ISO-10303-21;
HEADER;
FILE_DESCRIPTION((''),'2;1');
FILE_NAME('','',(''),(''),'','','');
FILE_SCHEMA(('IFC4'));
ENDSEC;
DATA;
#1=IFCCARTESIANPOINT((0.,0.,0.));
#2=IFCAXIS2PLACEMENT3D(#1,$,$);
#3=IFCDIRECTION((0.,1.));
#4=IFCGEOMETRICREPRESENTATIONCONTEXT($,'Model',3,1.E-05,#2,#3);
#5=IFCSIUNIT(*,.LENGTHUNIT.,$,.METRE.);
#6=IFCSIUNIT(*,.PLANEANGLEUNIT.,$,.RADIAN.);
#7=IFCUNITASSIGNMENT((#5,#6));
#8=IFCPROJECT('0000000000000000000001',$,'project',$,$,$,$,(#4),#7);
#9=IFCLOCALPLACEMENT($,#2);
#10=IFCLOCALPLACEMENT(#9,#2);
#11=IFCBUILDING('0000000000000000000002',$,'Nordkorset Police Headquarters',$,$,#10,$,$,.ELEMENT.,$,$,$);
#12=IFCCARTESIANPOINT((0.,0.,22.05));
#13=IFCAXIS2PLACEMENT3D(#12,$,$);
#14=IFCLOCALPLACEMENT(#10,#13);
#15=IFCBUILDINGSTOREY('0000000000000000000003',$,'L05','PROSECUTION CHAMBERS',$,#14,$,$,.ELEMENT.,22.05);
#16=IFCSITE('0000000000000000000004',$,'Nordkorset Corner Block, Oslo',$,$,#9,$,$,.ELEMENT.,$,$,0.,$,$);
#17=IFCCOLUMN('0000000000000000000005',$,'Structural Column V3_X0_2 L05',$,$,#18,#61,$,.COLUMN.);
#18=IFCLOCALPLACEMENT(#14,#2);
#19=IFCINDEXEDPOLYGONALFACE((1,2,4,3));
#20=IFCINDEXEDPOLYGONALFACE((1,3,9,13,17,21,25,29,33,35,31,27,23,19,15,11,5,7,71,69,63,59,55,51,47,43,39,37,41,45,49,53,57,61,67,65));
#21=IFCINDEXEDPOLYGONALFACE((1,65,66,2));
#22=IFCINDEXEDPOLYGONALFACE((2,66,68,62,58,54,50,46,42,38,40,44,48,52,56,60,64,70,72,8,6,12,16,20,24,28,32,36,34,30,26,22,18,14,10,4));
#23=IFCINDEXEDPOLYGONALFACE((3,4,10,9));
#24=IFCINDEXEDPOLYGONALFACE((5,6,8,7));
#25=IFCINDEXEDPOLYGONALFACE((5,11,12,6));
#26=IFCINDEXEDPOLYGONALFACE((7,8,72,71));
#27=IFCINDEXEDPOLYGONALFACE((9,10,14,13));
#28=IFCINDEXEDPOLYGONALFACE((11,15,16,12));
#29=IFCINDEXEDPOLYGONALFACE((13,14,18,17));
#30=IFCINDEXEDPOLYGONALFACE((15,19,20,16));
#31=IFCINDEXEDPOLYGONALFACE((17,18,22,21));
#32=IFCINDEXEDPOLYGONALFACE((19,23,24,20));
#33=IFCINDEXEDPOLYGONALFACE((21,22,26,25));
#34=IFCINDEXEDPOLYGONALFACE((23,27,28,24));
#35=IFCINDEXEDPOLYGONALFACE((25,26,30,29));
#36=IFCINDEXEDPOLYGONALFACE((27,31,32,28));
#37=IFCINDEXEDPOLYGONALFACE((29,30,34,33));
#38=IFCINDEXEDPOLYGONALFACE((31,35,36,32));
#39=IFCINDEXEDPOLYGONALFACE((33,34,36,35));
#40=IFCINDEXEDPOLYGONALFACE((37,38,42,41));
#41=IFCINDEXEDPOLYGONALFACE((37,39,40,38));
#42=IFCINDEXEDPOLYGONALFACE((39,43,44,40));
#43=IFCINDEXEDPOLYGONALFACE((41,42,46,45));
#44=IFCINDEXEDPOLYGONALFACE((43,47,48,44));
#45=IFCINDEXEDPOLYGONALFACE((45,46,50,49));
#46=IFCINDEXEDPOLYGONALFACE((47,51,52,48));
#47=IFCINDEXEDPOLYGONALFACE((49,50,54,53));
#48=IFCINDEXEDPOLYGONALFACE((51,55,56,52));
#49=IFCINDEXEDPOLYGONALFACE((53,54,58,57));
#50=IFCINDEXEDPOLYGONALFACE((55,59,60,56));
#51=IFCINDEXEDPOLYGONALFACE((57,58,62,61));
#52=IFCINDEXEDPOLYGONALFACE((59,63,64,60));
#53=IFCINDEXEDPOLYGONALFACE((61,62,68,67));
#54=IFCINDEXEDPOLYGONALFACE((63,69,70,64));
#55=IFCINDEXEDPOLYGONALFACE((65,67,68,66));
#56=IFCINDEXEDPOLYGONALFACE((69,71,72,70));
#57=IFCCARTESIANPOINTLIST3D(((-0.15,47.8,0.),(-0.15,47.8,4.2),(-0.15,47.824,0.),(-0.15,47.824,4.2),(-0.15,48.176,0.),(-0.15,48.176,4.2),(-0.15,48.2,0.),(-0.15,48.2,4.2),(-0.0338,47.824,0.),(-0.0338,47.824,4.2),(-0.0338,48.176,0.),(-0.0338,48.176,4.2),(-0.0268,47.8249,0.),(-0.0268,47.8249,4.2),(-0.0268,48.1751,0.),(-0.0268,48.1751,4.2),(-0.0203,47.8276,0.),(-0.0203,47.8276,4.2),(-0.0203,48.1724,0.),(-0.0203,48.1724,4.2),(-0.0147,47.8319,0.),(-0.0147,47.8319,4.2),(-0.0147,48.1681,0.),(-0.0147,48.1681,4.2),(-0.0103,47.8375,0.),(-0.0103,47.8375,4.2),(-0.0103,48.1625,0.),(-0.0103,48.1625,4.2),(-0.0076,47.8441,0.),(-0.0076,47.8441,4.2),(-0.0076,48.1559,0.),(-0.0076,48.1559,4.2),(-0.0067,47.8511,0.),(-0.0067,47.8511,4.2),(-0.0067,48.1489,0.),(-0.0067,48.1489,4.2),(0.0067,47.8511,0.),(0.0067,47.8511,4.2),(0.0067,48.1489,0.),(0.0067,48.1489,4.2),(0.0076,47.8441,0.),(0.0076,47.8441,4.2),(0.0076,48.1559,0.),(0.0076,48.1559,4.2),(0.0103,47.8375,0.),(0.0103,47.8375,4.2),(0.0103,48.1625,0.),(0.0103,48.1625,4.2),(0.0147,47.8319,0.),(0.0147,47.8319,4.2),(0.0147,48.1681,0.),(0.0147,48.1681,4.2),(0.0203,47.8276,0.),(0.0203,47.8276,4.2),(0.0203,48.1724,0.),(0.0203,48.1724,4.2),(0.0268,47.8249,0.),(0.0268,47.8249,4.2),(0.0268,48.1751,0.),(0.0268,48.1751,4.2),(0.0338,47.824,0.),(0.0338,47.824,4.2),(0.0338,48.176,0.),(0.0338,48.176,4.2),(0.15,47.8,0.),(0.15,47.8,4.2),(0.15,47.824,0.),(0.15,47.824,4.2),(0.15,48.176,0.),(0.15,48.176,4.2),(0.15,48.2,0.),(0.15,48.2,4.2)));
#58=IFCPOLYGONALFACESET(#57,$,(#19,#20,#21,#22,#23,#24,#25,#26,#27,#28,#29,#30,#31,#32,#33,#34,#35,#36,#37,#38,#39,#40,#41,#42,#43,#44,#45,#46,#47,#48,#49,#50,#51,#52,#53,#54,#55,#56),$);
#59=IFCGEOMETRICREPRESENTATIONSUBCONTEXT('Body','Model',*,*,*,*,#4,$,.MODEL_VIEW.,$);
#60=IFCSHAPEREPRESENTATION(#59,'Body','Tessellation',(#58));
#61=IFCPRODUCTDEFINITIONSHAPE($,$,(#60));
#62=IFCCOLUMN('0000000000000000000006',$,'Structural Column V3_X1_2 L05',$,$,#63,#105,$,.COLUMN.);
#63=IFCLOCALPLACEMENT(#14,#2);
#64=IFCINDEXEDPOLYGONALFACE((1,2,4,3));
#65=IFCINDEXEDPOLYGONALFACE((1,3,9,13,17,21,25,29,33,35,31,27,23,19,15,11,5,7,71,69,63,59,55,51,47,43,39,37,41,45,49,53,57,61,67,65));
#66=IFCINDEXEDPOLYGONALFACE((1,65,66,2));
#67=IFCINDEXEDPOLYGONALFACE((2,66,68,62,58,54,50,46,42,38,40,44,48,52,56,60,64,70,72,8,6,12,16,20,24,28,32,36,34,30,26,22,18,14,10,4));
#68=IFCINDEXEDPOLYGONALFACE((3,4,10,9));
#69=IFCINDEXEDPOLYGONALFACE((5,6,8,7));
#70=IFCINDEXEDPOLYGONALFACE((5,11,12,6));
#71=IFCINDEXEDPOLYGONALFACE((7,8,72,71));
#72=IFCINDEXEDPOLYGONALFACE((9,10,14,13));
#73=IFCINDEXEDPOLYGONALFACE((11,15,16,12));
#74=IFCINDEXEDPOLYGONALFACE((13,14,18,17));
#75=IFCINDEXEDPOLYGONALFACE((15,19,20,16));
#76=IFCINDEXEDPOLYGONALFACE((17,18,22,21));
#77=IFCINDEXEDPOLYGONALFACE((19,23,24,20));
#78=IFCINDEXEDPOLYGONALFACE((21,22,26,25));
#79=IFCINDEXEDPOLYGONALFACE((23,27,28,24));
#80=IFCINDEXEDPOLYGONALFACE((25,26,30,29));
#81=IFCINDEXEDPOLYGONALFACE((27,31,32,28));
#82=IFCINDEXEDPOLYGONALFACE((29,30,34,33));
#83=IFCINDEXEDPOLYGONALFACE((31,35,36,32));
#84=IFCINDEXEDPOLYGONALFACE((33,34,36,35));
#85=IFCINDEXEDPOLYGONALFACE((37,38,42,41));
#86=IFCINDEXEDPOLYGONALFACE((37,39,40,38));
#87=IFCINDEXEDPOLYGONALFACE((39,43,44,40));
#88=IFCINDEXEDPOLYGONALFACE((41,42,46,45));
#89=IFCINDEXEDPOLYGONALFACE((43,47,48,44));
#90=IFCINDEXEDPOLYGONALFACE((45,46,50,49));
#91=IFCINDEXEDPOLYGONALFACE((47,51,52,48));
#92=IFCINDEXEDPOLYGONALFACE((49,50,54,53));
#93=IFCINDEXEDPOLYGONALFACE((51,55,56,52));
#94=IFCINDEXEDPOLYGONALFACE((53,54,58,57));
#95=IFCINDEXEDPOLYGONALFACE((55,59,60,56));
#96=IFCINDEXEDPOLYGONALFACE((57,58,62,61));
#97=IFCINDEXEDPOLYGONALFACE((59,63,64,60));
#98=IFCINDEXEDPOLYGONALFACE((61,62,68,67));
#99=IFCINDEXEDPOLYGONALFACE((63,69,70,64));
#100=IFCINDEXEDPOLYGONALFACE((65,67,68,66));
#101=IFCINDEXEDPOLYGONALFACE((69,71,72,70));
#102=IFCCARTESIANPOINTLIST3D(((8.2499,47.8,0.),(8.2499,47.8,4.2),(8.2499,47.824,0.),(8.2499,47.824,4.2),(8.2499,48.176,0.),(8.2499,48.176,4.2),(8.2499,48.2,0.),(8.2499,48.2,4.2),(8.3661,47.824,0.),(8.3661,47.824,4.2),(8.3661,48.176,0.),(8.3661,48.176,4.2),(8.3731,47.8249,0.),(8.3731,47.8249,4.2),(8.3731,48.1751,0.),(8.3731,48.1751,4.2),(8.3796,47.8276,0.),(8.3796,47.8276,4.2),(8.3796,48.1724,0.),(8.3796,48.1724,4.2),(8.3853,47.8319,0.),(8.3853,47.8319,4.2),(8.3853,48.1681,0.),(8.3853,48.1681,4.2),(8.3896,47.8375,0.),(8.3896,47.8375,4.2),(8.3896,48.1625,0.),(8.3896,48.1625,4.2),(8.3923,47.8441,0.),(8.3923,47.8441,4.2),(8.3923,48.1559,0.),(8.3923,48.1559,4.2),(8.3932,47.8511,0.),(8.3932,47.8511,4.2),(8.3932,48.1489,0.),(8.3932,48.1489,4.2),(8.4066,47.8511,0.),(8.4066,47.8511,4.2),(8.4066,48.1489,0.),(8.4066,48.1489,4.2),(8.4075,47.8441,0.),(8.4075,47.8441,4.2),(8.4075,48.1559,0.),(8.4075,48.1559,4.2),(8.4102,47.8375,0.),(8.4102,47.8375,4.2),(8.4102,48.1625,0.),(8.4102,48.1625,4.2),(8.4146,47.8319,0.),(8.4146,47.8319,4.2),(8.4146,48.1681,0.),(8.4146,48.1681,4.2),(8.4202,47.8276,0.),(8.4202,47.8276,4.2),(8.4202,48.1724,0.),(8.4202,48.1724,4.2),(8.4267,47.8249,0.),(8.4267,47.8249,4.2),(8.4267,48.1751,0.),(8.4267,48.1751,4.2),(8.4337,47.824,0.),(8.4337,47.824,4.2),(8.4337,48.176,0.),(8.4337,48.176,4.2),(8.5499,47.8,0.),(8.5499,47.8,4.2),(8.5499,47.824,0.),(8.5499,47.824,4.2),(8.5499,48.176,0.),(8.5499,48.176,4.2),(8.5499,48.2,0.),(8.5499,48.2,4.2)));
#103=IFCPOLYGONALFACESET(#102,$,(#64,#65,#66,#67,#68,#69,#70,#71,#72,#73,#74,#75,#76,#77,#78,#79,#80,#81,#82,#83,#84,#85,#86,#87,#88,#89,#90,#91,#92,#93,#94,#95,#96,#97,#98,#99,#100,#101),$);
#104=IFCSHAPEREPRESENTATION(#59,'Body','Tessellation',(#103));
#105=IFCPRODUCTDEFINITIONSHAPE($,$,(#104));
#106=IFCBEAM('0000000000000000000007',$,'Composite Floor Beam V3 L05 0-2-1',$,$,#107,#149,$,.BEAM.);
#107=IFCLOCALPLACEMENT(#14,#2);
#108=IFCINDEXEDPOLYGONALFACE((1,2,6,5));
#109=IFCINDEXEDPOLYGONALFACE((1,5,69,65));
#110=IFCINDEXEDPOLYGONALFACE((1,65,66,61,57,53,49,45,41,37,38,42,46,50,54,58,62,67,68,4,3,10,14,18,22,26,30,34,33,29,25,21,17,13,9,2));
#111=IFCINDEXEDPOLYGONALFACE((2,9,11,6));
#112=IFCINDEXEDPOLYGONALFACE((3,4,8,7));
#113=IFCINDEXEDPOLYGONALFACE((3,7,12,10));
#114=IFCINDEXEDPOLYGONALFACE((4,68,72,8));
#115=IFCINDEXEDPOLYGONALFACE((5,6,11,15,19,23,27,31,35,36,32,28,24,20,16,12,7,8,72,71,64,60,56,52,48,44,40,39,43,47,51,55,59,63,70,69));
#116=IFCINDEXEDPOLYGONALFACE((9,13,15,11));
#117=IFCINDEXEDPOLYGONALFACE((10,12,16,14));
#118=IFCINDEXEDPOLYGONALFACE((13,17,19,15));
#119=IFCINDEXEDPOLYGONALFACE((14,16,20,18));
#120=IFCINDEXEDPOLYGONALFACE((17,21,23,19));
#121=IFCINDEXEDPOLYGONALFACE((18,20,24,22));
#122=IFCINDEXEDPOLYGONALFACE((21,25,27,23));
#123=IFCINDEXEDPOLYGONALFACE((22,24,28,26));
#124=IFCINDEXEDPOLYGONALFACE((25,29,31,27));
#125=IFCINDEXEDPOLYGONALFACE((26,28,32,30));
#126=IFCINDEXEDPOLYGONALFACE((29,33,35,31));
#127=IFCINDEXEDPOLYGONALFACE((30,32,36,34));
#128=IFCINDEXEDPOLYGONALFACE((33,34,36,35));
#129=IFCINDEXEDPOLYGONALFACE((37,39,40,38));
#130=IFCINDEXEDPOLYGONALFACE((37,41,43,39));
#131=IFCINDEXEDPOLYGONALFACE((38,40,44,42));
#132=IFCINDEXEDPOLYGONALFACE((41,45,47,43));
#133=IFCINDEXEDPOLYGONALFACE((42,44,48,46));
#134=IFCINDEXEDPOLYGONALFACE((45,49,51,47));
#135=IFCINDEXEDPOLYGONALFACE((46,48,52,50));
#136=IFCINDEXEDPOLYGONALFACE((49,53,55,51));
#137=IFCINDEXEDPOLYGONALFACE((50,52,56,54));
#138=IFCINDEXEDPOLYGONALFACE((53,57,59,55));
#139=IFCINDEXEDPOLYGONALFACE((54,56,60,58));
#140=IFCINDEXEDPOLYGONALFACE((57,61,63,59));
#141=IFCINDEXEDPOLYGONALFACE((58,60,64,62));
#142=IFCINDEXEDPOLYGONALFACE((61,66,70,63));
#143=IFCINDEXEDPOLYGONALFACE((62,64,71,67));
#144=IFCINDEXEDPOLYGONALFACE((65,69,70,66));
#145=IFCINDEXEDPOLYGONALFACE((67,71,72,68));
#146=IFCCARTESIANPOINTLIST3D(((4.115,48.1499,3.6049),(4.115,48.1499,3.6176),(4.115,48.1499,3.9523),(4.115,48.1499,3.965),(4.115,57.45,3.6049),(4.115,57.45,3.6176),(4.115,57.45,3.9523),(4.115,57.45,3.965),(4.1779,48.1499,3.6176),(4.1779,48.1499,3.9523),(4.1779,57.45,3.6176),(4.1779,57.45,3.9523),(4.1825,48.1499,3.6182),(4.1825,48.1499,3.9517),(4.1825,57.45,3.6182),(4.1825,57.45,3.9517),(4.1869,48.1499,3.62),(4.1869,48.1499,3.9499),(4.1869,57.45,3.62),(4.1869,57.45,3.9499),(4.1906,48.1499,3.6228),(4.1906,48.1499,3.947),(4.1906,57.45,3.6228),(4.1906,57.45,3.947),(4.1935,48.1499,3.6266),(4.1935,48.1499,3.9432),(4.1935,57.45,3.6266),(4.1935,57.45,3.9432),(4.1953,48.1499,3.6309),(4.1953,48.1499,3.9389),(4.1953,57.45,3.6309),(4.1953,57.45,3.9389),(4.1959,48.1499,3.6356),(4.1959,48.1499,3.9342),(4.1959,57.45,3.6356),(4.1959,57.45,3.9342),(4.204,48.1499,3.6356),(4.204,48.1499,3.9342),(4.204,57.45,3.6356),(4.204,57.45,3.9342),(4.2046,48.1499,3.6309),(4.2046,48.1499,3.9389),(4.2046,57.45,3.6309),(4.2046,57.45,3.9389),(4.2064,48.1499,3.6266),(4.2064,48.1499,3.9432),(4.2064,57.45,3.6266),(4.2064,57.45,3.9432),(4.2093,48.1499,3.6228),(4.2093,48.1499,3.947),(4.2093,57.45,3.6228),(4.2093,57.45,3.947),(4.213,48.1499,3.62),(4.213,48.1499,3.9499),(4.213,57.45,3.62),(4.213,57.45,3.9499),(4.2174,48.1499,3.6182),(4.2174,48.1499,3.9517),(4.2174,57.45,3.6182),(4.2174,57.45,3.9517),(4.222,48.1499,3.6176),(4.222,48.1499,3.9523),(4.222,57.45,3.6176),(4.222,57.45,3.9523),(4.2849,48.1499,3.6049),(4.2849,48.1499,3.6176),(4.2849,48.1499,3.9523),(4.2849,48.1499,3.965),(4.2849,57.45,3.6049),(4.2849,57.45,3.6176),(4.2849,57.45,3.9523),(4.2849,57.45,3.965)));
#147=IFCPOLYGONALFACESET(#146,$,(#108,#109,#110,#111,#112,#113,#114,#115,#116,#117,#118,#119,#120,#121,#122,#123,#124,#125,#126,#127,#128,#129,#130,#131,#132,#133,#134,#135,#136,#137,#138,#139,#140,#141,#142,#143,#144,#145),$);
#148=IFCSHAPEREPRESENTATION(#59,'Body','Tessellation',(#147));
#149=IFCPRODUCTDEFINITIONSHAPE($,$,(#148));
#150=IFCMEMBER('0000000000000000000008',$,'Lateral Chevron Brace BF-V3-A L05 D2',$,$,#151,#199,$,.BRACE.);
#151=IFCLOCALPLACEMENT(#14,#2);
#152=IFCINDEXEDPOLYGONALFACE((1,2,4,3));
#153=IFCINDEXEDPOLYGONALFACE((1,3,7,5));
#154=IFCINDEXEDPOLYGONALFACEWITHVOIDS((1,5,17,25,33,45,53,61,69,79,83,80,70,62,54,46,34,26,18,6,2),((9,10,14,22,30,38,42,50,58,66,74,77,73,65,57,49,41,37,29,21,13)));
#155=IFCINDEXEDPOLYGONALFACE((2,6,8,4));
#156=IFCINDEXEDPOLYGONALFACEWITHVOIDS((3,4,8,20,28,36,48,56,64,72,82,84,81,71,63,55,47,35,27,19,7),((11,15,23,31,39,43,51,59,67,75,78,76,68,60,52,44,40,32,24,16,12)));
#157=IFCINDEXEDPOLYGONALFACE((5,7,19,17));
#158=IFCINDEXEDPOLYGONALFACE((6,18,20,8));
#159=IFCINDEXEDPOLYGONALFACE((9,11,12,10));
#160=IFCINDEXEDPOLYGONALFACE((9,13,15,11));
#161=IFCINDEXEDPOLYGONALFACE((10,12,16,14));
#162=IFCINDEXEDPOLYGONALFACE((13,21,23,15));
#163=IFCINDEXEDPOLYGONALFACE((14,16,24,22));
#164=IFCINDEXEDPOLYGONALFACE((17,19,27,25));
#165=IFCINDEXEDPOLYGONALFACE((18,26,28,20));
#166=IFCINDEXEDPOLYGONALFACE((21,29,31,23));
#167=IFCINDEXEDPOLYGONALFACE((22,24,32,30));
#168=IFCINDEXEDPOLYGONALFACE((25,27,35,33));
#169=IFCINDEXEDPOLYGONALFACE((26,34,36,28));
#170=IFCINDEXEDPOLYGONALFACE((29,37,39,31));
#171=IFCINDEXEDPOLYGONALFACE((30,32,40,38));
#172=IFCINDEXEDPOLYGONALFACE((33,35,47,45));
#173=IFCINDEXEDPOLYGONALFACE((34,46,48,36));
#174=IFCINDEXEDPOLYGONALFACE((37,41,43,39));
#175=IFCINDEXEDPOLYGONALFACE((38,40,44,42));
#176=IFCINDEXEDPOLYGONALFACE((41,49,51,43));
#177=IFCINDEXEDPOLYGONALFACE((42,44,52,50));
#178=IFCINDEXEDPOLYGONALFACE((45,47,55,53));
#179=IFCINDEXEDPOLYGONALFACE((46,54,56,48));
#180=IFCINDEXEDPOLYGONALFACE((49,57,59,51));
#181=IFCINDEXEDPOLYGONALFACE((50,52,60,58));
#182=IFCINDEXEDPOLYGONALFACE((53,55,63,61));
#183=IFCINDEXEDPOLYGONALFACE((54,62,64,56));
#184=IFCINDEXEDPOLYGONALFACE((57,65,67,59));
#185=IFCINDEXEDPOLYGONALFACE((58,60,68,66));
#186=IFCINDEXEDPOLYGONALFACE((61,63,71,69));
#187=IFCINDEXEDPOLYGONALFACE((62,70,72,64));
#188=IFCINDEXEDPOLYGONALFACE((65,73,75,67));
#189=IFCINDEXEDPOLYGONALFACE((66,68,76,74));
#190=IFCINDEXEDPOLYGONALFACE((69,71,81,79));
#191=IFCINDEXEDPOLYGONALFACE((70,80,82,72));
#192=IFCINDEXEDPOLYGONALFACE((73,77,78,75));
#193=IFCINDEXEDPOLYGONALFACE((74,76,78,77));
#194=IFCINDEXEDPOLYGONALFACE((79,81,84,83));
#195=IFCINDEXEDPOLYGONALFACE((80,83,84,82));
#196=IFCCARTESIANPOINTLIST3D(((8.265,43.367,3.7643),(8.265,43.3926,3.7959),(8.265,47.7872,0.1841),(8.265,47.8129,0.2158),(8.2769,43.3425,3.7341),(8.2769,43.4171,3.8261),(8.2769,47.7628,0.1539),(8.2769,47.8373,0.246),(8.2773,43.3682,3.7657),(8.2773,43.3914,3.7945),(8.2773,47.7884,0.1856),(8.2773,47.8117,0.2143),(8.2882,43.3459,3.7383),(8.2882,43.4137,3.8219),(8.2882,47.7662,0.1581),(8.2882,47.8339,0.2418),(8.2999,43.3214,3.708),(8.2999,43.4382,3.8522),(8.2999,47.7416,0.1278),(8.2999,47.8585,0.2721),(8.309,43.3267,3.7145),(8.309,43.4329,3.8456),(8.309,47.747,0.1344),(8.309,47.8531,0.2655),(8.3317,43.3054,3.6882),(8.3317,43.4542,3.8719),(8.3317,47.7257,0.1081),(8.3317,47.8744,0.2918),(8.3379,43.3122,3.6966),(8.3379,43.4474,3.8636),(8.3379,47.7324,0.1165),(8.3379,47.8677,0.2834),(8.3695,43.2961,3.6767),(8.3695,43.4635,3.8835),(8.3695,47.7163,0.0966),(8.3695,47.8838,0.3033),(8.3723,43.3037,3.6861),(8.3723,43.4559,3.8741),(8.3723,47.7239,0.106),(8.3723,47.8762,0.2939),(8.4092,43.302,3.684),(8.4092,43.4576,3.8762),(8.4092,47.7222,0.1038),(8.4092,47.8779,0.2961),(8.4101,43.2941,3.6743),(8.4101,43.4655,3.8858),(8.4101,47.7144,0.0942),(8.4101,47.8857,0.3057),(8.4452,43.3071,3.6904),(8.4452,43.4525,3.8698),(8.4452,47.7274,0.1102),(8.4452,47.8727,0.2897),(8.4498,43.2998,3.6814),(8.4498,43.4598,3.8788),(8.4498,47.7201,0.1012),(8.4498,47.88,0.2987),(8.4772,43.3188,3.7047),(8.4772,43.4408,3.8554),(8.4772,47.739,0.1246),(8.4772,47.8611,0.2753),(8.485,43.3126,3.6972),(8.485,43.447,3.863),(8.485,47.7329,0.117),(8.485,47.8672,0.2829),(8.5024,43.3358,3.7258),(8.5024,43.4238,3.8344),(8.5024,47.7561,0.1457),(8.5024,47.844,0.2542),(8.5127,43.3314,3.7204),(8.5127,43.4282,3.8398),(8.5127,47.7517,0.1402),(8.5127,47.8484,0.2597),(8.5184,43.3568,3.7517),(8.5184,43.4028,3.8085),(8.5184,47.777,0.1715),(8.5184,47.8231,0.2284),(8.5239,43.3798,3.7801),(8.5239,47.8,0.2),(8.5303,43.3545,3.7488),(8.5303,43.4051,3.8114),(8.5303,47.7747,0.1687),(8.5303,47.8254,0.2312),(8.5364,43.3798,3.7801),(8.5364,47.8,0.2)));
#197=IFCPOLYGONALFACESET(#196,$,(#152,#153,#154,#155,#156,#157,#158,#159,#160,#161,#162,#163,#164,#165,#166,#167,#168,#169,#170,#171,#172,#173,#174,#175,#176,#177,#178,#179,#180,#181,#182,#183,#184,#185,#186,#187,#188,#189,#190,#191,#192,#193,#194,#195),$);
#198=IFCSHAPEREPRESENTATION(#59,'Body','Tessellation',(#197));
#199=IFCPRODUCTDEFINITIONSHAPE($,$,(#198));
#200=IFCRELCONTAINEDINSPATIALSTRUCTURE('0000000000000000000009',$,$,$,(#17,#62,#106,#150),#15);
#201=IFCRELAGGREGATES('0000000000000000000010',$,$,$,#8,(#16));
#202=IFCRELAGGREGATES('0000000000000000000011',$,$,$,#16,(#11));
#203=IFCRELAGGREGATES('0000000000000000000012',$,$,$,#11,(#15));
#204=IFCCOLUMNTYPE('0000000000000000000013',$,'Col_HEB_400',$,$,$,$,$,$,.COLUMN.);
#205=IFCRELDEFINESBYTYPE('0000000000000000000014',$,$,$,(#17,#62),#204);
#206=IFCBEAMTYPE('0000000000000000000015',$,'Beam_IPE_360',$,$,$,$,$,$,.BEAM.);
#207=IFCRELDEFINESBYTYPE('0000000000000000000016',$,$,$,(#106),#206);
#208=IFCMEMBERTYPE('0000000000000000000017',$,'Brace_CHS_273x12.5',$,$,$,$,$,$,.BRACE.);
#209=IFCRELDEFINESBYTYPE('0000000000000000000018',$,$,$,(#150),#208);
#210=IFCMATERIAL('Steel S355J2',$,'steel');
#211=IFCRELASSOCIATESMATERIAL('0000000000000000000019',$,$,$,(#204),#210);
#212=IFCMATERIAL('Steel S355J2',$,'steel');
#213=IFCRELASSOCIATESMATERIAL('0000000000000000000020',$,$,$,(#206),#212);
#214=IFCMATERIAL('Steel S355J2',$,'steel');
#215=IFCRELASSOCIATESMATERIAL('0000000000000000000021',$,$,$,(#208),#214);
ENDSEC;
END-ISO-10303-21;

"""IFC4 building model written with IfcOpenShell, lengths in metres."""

from ifc_helpers import new_model, si_unit, direction, frame, origin, origin_2d, place, context, subcontext, project, spatial, hollow_circle, i_section, extrude, material, material_profile, profile_set, type_object, element, save


model = new_model("IFC4")

# Units and contexts
model_context = context("Model", 3, precision=1e-05, world=origin(), true_north=direction((0.0, 1.0)))
body_context = subcontext(model_context, "Body", "Model", "MODEL_VIEW")
ifc_project = project(units=[si_unit("LENGTHUNIT", "METRE"), si_unit("PLANEANGLEUNIT", "RADIAN")], contexts=[model_context])

# Site, building, storey
site_placement = place(None, origin())
site = spatial("IfcSite", under=ifc_project, at=site_placement, Name="Nordkorset Corner Block, Oslo", CompositionType="ELEMENT", RefElevation=0.0)
building_placement = place(site_placement, origin())
building = spatial("IfcBuilding", under=site, at=building_placement, Name="Nordkorset Police Headquarters", CompositionType="ELEMENT")
storey_placement = place(building_placement, frame((0.0, 0.0, 22.05)))
storey = spatial("IfcBuildingStorey", under=building, at=storey_placement, Name="L05", Description="PROSECUTION CHAMBERS", CompositionType="ELEMENT", Elevation=22.05)

# Columns
ifc_material_1 = material(Name="Steel S355J2", Category="steel")
ifc_material_profile_1 = material_profile(ifc_material_1, i_section(OverallWidth=0.3, OverallDepth=0.3999, WebThickness=0.0134, FlangeThickness=0.0239, FilletRadius=0.0271, at=origin_2d()), Name="HEB 400")
ifc_profile_set_1 = profile_set([ifc_material_profile_1], Name="Steel S355J2")
column_type = type_object("IfcColumnType", Name="Col_HEB_400", PredefinedType="COLUMN", material=ifc_profile_set_1)
for number, where, z_axis, x_axis, name in (
    (1, (0.0, 48.0, 0.0), (0.0, 0.0, 1.0), (1.0, 0.0, 0.0), "Structural Column V3_X0_2 L05"),
    (2, (8.3999, 48.0, 0.0), (0.0, 0.0, 1.0), (1.0, 0.0, 0.0), "Structural Column V3_X1_2 L05"),
):
    element("IfcColumn", number, at=place(storey_placement, frame(where, z_axis=z_axis, x_axis=x_axis)), inside=storey, type_object=column_type, Name=name, PredefinedType="COLUMN", context=body_context, shape_type="SweptSolid", body=[
        extrude(i_section(OverallWidth=0.3, OverallDepth=0.3999, WebThickness=0.0134, FlangeThickness=0.0239, FilletRadius=0.0271, at=origin_2d()), origin(), (0.0, 0.0, 1.0), 4.2),
    ])

# Beam
ifc_material_2 = material(Name="Steel S355J2", Category="steel")
ifc_material_profile_2 = material_profile(ifc_material_2, i_section(OverallWidth=0.1699, OverallDepth=0.3601, WebThickness=0.0081, FlangeThickness=0.0127, FilletRadius=0.0181, at=origin_2d()), Name="IPE 360")
ifc_profile_set_2 = profile_set([ifc_material_profile_2], Name="Steel S355J2")
beam_type_1 = type_object("IfcBeamType", Name="Beam_IPE_360", PredefinedType="BEAM", material=ifc_profile_set_2)
beam_1_placement = place(storey_placement, frame((4.2, 48.1499, 3.7849), z_axis=(0.0, 1.0, 0.0), x_axis=(-1.0, 0.0, 0.0)))
element("IfcBeam", 3, at=beam_1_placement, inside=storey, type_object=beam_type_1, Name="Composite Floor Beam V3 L05 0-2-1", PredefinedType="BEAM", context=body_context, shape_type="SweptSolid", body=[
    extrude(i_section(OverallWidth=0.1699, OverallDepth=0.3601, WebThickness=0.0081, FlangeThickness=0.0127, FilletRadius=0.0181, at=origin_2d()), origin(), (0.0, 0.0, 1.0), 9.3),
])

# Member
ifc_material_3 = material(Name="Steel S355J2", Category="steel")
ifc_material_profile_3 = material_profile(ifc_material_3, hollow_circle(Radius=0.1365, WallThickness=0.0125, at=origin_2d()), Name="CHS 273x12.5")
ifc_profile_set_3 = profile_set([ifc_material_profile_3], Name="Steel S355J2")
member_type_1 = type_object("IfcMemberType", Name="Brace_CHS_273x12.5", PredefinedType="BRACE", material=ifc_profile_set_3)
member_1_placement = place(storey_placement, frame((8.3999, 47.8, 0.2), z_axis=(0.0, -0.777086, 0.629395), x_axis=(1.0, 0.0, 0.0)))
element("IfcMember", 4, at=member_1_placement, inside=storey, type_object=member_type_1, Name="Lateral Chevron Brace BF-V3-A L05 D2", PredefinedType="BRACE", context=body_context, shape_type="SweptSolid", body=[
    extrude(hollow_circle(Radius=0.1365, WallThickness=0.0125, at=origin_2d()), origin(), (0.0, 0.0, 1.0), 5.6882),
])

save(model, "model.ifc")
